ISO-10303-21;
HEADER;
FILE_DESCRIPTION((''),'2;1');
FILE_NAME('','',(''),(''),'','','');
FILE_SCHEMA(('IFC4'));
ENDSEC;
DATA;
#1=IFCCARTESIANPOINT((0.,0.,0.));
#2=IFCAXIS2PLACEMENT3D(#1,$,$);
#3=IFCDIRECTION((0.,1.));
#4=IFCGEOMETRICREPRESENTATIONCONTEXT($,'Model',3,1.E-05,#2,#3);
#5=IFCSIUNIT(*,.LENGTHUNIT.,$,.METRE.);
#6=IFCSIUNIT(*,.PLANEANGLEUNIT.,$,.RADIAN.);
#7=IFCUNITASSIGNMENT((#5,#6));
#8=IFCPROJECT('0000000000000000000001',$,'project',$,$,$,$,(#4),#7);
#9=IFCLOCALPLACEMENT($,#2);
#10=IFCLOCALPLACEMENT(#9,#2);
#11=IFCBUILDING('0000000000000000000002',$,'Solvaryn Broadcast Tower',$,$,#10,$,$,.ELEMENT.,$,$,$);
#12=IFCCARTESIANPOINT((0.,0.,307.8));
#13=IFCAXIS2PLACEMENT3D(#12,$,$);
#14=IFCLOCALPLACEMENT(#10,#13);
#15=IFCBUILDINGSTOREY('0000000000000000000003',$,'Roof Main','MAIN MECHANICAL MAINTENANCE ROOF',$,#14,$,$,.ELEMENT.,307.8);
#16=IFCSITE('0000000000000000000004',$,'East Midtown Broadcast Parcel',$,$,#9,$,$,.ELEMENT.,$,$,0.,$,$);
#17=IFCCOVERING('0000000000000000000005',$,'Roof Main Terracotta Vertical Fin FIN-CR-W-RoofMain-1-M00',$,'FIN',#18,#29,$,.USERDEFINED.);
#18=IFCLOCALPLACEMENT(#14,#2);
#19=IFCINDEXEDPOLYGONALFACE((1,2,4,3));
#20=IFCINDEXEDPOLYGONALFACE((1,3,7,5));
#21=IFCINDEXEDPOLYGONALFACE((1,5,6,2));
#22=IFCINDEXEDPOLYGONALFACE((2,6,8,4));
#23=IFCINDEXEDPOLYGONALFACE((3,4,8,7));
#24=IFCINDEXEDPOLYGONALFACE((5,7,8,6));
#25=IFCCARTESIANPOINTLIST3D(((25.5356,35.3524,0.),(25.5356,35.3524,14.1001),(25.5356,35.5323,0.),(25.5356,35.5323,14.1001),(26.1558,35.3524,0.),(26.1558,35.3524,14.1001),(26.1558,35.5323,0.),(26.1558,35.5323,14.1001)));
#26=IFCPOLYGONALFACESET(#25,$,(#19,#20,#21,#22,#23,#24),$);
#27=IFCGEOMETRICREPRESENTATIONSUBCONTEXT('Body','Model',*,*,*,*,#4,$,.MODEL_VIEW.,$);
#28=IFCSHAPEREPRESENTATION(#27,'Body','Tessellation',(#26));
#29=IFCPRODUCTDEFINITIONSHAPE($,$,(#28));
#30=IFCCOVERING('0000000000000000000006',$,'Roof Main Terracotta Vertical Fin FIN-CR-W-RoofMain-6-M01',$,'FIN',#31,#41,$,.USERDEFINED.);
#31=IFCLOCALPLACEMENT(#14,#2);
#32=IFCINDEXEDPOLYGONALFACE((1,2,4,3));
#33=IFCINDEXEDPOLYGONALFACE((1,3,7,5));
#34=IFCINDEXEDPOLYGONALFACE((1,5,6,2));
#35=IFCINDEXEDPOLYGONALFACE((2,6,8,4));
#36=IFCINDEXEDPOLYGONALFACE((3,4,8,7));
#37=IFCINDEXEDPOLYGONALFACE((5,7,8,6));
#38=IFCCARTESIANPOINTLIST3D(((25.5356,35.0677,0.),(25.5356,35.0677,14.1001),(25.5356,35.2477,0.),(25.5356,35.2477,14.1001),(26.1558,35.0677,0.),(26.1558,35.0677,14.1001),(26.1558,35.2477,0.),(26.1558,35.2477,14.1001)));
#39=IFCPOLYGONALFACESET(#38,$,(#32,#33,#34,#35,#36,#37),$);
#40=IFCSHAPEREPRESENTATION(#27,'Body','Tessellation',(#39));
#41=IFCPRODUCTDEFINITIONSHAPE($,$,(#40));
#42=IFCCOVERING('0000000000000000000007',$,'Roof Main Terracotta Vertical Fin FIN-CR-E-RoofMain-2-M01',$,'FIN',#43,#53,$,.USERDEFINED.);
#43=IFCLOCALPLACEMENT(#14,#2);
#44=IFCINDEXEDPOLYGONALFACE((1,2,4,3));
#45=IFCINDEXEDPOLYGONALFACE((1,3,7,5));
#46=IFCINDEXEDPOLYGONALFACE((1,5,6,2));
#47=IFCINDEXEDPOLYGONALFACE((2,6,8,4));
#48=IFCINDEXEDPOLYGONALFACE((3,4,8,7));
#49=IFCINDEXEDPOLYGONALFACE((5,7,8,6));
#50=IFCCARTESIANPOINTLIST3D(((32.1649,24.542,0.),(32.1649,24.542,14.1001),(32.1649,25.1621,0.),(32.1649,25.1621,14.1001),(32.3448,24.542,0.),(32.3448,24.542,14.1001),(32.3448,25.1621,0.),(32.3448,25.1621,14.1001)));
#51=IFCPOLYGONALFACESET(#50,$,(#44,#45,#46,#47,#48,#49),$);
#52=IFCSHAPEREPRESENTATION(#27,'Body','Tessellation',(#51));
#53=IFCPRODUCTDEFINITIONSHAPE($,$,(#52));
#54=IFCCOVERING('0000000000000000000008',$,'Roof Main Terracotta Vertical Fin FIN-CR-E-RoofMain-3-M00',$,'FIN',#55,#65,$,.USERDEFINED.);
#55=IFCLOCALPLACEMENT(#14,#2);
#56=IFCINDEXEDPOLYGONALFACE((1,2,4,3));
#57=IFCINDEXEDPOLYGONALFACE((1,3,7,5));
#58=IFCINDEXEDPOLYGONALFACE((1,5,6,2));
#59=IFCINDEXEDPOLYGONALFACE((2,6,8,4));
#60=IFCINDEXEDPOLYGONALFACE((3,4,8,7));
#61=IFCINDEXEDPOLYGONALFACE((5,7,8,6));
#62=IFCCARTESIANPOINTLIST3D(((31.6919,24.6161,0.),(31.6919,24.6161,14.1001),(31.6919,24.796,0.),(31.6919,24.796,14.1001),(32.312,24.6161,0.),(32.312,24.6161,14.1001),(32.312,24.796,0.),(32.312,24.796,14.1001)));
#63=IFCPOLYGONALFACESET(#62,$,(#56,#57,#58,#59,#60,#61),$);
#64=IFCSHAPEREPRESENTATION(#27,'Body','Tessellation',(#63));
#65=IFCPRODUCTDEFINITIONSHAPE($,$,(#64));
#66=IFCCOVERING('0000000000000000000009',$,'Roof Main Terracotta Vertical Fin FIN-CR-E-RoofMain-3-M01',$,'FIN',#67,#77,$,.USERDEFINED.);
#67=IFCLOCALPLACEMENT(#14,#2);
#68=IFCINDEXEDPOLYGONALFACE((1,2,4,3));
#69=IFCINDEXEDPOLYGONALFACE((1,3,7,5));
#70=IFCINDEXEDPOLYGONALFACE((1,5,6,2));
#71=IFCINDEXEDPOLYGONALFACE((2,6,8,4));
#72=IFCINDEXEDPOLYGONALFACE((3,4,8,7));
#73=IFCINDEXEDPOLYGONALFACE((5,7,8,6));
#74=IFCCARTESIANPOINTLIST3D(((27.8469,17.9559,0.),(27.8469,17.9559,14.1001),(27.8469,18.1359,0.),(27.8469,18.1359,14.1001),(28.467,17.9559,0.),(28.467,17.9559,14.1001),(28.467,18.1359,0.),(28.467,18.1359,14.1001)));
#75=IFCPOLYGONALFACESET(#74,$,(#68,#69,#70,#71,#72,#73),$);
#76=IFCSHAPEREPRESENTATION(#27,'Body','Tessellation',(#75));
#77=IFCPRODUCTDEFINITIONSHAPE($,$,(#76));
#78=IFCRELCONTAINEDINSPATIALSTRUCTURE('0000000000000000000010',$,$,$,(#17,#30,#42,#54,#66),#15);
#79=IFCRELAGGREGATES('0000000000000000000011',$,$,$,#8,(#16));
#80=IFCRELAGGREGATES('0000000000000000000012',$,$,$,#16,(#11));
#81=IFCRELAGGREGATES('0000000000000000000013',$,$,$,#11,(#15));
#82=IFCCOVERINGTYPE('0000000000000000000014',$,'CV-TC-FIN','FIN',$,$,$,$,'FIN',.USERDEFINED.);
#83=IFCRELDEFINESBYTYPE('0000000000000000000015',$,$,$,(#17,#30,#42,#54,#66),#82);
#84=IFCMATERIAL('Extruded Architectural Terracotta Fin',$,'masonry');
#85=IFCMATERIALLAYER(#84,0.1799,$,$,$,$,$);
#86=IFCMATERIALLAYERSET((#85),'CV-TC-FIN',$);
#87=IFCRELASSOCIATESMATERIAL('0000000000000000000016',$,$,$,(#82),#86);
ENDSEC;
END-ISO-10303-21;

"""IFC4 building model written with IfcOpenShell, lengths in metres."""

from ifc_helpers import new_model, si_unit, direction, frame, origin, origin_2d, place, context, subcontext, project, spatial, rectangle, extrude, material, layer, layer_set, type_object, element, save


model = new_model("IFC4")

# Units and contexts
model_context = context("Model", 3, precision=1e-05, world=origin(), true_north=direction((0.0, 1.0)))
body_context = subcontext(model_context, "Body", "Model", "MODEL_VIEW")
ifc_project = project(units=[si_unit("LENGTHUNIT", "METRE"), si_unit("PLANEANGLEUNIT", "RADIAN")], contexts=[model_context])

# Site, building, storey
site_placement = place(None, origin())
site = spatial("IfcSite", under=ifc_project, at=site_placement, Name="East Midtown Broadcast Parcel", CompositionType="ELEMENT", RefElevation=0.0)
building_placement = place(site_placement, origin())
building = spatial("IfcBuilding", under=site, at=building_placement, Name="Solvaryn Broadcast Tower", CompositionType="ELEMENT")
storey_placement = place(building_placement, frame((0.0, 0.0, 307.8)))
storey = spatial("IfcBuildingStorey", under=building, at=storey_placement, Name="Roof Main", Description="MAIN MECHANICAL MAINTENANCE ROOF", CompositionType="ELEMENT", Elevation=307.8)

# Coverings
ifc_material_1 = material(Name="Extruded Architectural Terracotta Fin", Category="masonry")
ifc_layer_1 = layer(ifc_material_1, 0.1799)
ifc_layer_set_1 = layer_set([ifc_layer_1], Name="CV-TC-FIN")
covering_type = type_object("IfcCoveringType", Name="CV-TC-FIN", Description="FIN", ElementType="FIN", PredefinedType="USERDEFINED", material=ifc_layer_set_1)
for number, where, z_axis, x_axis, name in (
    (1, (25.8457, 35.4424, 0.0), (0.0, 0.0, 1.0), (1.0, 0.0, 0.0), "Roof Main Terracotta Vertical Fin FIN-CR-W-RoofMain-1-M00"),
    (2, (25.8457, 35.1577, 0.0), (0.0, 0.0, 1.0), (1.0, 0.0, 0.0), "Roof Main Terracotta Vertical Fin FIN-CR-W-RoofMain-6-M01"),
):
    element("IfcCovering", number, at=place(storey_placement, frame(where, z_axis=z_axis, x_axis=x_axis)), inside=storey, type_object=covering_type, Name=name, ObjectType="FIN", PredefinedType="USERDEFINED", context=body_context, shape_type="SweptSolid", body=[
        extrude(rectangle(XDim=0.6201, YDim=0.1799, at=origin_2d()), origin(), (0.0, 0.0, 1.0), 14.1001),
    ])
covering_placement = place(storey_placement, frame((32.2549, 24.8521, 0.0), z_axis=(0.0, 0.0, 1.0), x_axis=(1.0, 0.0, 0.0)))
element("IfcCovering", 3, at=covering_placement, inside=storey, type_object=covering_type, Name="Roof Main Terracotta Vertical Fin FIN-CR-E-RoofMain-2-M01", ObjectType="FIN", PredefinedType="USERDEFINED", context=body_context, shape_type="SweptSolid", body=[
    extrude(rectangle(XDim=0.1799, YDim=0.6201, at=origin_2d()), origin(), (0.0, 0.0, 1.0), 14.1001),
])
for number, where, z_axis, x_axis, name in (
    (4, (32.002, 24.7061, 0.0), (0.0, 0.0, 1.0), (1.0, 0.0, 0.0), "Roof Main Terracotta Vertical Fin FIN-CR-E-RoofMain-3-M00"),
    (5, (28.157, 18.0459, 0.0), (0.0, 0.0, 1.0), (1.0, 0.0, 0.0), "Roof Main Terracotta Vertical Fin FIN-CR-E-RoofMain-3-M01"),
):
    element("IfcCovering", number, at=place(storey_placement, frame(where, z_axis=z_axis, x_axis=x_axis)), inside=storey, type_object=covering_type, Name=name, ObjectType="FIN", PredefinedType="USERDEFINED", context=body_context, shape_type="SweptSolid", body=[
        extrude(rectangle(XDim=0.6201, YDim=0.1799, at=origin_2d()), origin(), (0.0, 0.0, 1.0), 14.1001),
    ])

save(model, "model.ifc")
